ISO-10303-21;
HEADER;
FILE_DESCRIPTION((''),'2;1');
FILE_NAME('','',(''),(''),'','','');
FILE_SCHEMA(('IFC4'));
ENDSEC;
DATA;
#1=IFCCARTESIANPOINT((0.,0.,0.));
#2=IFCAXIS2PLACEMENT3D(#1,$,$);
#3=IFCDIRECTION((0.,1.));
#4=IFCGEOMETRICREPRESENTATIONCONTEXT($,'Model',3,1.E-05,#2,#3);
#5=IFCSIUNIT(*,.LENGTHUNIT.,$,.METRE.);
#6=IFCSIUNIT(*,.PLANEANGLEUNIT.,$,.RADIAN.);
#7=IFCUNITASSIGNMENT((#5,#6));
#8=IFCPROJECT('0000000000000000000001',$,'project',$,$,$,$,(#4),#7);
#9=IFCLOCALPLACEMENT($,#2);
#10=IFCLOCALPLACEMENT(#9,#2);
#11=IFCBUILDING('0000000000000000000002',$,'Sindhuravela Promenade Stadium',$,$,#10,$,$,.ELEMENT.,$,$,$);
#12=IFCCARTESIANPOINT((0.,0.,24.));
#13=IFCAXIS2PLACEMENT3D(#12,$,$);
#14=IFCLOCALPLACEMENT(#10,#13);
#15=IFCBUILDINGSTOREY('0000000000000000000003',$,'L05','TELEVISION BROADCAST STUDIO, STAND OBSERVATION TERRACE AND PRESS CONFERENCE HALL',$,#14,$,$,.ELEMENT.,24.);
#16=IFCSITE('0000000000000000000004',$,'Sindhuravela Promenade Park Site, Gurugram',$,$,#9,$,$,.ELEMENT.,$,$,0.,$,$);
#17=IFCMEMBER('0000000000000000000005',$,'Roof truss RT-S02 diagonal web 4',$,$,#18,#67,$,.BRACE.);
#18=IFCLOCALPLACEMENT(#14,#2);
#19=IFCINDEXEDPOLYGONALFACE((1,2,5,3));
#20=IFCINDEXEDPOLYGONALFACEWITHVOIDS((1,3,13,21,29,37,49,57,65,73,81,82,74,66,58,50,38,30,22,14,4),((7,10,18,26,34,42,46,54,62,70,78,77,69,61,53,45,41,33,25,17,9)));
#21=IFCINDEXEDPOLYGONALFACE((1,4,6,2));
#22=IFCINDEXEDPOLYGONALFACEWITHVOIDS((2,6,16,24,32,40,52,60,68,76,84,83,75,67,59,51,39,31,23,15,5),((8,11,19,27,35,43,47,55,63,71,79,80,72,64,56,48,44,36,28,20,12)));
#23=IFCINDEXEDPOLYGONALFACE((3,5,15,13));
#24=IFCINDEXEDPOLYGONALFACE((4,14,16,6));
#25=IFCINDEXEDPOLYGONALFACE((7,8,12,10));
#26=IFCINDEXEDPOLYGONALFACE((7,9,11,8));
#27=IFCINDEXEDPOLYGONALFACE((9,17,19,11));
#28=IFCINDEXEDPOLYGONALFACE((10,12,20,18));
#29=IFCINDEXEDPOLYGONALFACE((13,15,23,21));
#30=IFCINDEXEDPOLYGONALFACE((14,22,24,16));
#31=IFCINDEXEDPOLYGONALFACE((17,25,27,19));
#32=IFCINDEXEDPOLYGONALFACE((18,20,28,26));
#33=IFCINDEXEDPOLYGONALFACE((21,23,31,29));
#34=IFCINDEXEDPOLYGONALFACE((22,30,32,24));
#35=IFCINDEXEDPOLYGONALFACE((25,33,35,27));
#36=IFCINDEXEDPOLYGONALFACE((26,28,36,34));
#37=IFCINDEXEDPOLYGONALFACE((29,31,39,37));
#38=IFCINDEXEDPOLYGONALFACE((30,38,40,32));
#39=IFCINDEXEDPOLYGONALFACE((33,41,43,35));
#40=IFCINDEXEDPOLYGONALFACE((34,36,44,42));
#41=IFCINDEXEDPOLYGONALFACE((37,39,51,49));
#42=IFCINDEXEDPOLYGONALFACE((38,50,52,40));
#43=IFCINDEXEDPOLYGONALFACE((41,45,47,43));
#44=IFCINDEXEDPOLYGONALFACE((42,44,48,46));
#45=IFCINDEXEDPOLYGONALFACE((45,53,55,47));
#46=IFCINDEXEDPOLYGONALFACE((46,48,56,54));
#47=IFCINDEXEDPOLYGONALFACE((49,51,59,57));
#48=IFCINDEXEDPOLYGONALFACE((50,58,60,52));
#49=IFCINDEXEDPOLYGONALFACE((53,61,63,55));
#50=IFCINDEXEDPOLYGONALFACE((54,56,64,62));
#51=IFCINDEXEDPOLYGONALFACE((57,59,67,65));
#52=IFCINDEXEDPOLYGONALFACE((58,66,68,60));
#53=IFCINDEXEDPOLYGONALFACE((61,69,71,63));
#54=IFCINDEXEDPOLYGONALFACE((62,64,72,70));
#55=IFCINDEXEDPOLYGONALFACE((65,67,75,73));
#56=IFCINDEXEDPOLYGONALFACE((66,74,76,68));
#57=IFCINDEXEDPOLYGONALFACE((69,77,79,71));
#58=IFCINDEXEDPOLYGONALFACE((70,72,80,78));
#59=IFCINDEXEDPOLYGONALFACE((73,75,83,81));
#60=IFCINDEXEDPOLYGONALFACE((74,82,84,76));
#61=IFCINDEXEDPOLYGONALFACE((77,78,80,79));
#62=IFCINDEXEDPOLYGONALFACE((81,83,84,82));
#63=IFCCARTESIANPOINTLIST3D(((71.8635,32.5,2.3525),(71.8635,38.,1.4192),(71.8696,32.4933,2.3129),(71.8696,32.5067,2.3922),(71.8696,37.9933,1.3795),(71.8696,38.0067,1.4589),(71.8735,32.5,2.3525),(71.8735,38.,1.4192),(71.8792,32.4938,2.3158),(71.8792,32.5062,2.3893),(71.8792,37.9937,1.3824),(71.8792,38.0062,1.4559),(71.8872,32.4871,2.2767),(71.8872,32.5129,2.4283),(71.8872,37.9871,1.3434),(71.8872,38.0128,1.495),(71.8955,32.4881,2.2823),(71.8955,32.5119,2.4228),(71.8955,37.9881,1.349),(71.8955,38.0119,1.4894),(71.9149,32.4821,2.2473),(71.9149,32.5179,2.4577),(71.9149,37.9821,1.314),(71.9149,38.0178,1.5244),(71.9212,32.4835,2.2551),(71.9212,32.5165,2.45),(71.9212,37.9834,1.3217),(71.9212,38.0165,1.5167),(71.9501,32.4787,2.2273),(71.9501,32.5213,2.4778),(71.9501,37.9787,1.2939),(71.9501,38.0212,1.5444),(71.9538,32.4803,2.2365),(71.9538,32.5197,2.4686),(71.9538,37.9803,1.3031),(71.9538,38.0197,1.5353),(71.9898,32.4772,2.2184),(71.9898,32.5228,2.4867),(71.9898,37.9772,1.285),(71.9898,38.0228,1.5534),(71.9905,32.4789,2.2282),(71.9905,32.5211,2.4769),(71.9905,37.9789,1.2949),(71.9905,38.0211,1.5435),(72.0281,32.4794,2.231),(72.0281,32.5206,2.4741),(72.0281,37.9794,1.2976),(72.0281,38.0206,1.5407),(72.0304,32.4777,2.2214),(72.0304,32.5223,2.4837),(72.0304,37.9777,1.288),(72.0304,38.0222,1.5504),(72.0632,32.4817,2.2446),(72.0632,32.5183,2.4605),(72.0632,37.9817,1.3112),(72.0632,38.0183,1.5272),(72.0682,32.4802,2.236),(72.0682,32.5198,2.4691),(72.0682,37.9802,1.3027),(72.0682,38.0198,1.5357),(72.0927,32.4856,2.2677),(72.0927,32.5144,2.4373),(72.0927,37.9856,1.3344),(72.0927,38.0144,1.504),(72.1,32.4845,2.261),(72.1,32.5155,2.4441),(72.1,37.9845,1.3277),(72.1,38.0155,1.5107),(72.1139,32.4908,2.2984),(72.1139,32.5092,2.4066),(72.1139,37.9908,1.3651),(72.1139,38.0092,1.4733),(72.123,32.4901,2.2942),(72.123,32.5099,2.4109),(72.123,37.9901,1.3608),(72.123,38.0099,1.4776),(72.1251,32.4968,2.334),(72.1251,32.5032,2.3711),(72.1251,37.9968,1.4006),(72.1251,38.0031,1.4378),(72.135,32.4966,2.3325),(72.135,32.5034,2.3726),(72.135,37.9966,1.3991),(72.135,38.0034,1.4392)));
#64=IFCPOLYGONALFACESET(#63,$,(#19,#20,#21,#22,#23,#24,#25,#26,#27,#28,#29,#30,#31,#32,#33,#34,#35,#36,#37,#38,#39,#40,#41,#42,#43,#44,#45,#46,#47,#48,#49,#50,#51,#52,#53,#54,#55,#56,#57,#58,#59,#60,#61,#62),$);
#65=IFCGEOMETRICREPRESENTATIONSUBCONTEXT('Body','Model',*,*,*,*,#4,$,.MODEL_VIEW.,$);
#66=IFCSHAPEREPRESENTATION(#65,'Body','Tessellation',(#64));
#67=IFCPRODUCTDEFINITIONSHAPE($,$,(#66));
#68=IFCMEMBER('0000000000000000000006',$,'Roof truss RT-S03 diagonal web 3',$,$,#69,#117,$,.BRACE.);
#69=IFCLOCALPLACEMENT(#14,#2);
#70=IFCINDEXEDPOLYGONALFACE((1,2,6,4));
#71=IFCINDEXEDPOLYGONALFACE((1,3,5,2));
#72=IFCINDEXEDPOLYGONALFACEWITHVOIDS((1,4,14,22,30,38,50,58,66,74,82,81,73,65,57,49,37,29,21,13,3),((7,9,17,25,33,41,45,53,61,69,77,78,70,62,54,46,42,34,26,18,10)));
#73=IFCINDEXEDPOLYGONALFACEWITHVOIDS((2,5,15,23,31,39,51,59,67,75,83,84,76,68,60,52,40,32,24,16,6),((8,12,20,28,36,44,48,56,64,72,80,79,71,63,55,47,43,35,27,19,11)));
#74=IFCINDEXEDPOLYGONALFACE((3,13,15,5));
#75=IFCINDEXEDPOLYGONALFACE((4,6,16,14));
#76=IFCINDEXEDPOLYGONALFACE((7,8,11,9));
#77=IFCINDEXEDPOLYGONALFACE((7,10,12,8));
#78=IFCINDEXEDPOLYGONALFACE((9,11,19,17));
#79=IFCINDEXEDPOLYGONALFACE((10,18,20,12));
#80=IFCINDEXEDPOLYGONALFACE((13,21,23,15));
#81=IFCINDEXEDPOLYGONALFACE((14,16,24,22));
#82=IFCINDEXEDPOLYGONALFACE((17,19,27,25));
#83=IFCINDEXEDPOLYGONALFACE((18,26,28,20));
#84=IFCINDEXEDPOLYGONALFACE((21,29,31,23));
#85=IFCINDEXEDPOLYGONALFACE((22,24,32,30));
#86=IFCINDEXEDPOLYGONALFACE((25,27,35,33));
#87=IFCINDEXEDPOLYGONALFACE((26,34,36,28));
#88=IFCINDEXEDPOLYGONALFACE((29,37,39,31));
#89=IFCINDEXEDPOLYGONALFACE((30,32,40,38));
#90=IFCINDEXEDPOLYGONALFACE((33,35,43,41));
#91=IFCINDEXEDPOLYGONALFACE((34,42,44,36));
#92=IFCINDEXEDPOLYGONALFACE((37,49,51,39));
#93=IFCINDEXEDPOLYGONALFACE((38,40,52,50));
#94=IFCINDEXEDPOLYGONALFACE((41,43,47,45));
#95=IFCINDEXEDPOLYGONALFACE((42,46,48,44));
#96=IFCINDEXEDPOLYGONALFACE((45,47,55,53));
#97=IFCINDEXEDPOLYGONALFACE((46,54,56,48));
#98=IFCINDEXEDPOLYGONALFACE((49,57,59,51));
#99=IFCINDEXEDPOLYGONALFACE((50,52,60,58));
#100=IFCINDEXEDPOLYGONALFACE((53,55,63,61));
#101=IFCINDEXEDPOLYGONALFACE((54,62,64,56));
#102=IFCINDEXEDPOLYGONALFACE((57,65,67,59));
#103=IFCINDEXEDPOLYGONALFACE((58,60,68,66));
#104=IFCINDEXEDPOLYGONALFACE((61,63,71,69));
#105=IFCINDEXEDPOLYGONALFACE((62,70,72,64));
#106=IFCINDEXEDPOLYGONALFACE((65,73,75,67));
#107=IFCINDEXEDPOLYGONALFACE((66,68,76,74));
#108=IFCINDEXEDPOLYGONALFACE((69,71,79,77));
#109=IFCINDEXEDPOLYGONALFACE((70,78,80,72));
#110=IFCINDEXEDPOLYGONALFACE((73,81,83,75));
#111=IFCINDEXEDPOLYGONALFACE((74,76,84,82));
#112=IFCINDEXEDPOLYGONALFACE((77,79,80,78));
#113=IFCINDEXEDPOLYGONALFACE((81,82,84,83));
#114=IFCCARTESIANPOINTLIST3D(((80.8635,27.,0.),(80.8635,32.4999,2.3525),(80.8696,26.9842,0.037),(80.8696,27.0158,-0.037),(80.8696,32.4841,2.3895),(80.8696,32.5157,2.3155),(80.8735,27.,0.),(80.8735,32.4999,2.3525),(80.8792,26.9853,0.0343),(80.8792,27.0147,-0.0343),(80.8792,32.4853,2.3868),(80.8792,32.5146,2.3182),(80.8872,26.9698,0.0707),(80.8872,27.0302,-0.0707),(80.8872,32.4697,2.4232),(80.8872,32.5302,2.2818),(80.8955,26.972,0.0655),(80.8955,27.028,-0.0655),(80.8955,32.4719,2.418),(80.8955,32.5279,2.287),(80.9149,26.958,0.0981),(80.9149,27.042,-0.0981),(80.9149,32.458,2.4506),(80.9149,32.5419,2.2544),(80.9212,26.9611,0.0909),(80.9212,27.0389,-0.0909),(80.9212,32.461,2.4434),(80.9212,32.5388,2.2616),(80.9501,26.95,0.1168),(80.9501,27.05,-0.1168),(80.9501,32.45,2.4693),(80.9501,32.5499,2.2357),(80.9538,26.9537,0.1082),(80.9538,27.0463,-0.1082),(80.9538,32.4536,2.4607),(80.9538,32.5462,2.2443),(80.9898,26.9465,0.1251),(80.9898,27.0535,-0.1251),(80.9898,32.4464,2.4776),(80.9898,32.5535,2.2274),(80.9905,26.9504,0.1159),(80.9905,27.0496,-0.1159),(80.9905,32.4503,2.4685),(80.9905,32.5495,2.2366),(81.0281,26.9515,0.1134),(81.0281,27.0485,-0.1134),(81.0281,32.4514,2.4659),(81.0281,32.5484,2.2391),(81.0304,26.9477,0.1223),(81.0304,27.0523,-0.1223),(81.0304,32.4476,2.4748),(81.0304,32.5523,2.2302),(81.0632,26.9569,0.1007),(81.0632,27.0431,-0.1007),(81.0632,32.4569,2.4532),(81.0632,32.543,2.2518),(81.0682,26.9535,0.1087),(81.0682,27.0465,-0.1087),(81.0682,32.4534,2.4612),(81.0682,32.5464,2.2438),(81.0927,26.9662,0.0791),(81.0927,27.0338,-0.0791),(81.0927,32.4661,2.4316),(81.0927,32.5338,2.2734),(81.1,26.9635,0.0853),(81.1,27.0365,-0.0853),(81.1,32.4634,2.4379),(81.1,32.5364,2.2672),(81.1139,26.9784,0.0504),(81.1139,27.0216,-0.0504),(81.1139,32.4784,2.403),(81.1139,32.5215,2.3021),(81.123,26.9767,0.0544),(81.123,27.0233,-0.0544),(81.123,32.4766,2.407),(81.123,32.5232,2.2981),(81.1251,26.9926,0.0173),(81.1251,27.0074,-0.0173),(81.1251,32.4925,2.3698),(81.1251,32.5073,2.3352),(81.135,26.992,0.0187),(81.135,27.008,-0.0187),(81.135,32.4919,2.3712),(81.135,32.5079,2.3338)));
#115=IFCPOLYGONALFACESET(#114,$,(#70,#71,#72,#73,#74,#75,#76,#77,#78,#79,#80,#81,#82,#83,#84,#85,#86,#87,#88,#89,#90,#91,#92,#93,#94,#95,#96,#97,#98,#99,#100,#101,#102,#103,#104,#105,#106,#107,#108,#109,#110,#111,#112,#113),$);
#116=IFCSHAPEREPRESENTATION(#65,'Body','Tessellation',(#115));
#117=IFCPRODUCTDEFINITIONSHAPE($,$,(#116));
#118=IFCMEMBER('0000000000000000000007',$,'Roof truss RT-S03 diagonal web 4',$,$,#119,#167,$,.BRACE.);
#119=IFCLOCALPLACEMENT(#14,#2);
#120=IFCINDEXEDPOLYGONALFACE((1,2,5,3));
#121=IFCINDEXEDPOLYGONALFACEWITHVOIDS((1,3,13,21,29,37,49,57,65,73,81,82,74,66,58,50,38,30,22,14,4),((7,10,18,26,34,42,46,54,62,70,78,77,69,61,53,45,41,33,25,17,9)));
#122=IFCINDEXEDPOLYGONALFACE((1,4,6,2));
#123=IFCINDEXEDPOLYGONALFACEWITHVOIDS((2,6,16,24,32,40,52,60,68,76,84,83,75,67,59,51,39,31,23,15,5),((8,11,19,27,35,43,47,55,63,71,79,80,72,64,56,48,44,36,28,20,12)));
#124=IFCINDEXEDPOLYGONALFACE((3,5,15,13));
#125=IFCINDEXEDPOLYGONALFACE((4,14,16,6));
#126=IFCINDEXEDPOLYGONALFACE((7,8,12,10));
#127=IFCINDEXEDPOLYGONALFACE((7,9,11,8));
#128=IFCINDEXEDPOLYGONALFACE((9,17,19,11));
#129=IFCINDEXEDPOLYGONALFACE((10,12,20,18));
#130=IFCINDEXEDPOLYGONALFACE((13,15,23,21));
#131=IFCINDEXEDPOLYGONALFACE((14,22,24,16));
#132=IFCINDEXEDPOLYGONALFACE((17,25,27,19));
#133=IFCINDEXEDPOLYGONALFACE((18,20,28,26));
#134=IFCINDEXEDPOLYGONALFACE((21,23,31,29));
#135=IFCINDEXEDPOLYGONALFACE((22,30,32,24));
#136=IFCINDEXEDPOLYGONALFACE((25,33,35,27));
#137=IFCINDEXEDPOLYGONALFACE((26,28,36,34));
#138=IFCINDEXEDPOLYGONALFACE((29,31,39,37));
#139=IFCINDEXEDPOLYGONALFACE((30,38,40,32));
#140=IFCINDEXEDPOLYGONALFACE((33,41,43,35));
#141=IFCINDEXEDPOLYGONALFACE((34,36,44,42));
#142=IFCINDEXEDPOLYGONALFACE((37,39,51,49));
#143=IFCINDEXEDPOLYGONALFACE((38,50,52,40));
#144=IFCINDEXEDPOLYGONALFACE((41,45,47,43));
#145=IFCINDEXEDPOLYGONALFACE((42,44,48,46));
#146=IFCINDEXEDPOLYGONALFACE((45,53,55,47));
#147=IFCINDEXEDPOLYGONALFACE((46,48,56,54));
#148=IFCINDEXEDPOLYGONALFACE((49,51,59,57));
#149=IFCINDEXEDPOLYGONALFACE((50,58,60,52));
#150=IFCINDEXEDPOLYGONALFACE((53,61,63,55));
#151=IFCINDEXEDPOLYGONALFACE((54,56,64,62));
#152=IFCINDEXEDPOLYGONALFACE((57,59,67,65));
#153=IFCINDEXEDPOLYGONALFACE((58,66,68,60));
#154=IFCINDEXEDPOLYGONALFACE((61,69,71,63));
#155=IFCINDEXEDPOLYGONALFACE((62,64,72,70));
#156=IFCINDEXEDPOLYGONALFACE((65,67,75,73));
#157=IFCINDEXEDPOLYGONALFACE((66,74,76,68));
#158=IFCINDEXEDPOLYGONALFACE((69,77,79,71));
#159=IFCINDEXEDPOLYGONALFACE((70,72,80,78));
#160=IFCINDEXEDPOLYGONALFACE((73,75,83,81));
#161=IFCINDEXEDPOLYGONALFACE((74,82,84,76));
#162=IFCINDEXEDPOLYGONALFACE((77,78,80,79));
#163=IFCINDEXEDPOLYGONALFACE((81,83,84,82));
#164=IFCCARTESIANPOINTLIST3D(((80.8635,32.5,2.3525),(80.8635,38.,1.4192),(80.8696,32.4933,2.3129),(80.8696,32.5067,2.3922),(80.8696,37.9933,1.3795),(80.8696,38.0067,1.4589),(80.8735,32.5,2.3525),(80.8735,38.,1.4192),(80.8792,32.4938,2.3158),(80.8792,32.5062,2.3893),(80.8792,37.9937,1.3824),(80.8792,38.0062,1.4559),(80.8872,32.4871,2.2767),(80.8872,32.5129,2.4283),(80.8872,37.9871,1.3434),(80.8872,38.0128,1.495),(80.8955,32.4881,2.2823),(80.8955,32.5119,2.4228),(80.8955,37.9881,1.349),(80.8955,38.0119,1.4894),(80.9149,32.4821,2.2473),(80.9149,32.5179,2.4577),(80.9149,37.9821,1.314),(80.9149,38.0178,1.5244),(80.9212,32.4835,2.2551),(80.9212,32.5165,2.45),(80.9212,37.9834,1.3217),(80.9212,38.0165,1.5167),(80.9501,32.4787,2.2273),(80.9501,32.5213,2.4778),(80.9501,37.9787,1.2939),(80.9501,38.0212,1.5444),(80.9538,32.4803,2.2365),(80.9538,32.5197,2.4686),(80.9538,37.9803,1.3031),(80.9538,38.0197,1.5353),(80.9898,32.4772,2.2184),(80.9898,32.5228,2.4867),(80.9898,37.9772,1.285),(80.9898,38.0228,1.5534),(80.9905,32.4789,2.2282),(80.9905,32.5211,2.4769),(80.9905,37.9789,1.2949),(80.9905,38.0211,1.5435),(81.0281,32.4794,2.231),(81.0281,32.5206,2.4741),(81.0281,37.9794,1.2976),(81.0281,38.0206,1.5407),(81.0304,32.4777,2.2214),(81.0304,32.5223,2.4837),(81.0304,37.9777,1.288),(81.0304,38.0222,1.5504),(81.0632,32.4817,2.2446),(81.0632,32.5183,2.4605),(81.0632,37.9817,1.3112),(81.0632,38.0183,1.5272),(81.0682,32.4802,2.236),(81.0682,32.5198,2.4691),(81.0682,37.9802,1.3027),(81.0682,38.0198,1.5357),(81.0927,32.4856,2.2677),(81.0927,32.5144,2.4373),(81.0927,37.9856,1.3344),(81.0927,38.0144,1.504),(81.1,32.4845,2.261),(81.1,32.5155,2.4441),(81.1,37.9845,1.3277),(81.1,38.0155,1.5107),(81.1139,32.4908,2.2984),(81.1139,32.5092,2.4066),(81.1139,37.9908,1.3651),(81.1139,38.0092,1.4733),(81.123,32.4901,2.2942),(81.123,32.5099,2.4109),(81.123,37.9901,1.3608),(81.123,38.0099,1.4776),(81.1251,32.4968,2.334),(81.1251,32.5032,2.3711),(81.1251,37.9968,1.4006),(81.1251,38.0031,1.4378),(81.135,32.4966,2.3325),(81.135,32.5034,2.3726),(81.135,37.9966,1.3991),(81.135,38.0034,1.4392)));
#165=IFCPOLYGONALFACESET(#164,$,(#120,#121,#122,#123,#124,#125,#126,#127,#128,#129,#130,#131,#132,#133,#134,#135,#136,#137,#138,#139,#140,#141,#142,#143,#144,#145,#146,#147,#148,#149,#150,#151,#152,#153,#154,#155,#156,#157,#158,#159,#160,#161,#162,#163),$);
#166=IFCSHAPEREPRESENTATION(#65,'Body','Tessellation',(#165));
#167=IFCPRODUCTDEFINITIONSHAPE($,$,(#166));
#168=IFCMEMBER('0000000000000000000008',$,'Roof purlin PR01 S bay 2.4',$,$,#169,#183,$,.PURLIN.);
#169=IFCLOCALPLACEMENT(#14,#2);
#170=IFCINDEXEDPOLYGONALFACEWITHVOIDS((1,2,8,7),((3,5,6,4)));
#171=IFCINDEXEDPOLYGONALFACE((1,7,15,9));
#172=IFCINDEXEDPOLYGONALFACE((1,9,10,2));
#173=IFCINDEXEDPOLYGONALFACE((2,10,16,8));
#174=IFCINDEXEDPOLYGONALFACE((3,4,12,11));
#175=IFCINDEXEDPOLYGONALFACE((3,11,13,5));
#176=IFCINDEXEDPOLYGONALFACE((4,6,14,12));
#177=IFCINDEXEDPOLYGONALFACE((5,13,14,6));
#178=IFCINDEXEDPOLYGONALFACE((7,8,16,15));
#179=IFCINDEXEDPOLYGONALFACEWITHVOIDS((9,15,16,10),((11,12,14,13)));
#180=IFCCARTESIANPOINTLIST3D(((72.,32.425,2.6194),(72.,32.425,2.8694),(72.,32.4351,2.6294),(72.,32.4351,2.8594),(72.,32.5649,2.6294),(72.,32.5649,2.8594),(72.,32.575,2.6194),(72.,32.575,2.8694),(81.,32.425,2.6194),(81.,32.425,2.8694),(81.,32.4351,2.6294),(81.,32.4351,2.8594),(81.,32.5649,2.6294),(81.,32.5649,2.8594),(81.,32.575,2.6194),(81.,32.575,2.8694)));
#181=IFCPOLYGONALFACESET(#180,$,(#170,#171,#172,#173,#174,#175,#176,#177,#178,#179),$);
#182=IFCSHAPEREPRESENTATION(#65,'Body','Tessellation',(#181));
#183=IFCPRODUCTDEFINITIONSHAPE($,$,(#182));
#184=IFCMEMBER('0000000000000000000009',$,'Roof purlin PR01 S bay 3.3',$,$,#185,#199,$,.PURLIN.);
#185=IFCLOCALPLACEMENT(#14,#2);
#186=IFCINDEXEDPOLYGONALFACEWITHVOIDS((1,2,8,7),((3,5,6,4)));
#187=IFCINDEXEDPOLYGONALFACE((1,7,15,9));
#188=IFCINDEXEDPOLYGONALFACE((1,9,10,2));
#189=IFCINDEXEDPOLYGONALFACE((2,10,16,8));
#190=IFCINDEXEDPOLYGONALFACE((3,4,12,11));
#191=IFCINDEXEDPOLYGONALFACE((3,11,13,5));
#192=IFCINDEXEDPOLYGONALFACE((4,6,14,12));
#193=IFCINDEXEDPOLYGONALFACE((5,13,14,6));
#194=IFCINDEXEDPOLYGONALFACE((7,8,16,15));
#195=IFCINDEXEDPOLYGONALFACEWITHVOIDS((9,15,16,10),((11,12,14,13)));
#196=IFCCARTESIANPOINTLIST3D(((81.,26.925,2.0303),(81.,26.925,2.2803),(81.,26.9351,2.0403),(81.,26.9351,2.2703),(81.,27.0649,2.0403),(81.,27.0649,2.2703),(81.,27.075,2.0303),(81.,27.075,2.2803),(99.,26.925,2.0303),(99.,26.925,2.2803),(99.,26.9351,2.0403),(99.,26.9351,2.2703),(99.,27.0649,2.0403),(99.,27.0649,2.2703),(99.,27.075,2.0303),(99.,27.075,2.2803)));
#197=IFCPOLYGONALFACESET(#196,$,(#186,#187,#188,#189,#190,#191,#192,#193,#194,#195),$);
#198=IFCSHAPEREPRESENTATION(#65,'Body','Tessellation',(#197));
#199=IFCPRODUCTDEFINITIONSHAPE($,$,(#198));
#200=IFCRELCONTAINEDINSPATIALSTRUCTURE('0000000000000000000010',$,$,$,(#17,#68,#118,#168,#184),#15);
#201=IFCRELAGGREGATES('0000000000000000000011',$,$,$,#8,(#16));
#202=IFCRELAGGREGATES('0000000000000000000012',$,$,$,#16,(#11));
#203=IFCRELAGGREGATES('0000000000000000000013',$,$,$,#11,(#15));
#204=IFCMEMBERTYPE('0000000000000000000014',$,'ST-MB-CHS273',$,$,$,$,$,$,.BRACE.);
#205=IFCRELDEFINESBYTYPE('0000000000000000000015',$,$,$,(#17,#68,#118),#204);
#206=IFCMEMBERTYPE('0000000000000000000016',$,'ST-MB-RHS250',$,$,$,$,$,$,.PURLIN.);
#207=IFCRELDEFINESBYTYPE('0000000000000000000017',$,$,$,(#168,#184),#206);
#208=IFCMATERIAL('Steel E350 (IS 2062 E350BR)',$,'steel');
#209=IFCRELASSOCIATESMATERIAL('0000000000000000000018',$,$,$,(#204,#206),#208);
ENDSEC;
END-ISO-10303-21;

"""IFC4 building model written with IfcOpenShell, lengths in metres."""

from ifc_helpers import new_model, si_unit, direction, frame, origin, origin_2d, place, context, subcontext, project, spatial, hollow_rectangle, hollow_circle, extrude, material, material_profile, profile_set, type_object, element, save


model = new_model("IFC4")

# Units and contexts
model_context = context("Model", 3, precision=1e-05, world=origin(), true_north=direction((0.0, 1.0)))
body_context = subcontext(model_context, "Body", "Model", "MODEL_VIEW")
ifc_project = project(units=[si_unit("LENGTHUNIT", "METRE"), si_unit("PLANEANGLEUNIT", "RADIAN")], contexts=[model_context])

# Site, building, storey
site_placement = place(None, origin())
site = spatial("IfcSite", under=ifc_project, at=site_placement, Name="Sindhuravela Promenade Park Site, Gurugram", CompositionType="ELEMENT", RefElevation=0.0)
building_placement = place(site_placement, origin())
building = spatial("IfcBuilding", under=site, at=building_placement, Name="Sindhuravela Promenade Stadium", CompositionType="ELEMENT")
storey_placement = place(building_placement, frame((0.0, 0.0, 24.0)))
storey = spatial("IfcBuildingStorey", under=building, at=storey_placement, Name="L05", Description="TELEVISION BROADCAST STUDIO, STAND OBSERVATION TERRACE AND PRESS CONFERENCE HALL", CompositionType="ELEMENT", Elevation=24.0)

# Shared definitions
ifc_material_1 = material(Name="Steel E350 (IS 2062 E350BR)", Category="steel")

# Members
ifc_material_profile_1 = material_profile(ifc_material_1, hollow_circle(Radius=0.1365, WallThickness=0.01, at=origin_2d()), Name="CHS 273.0x10")
ifc_profile_set_1 = profile_set([ifc_material_profile_1], Name="Steel E350 (IS 2062 E350BR)")
member_type_1 = type_object("IfcMemberType", Name="ST-MB-CHS273", PredefinedType="BRACE", material=ifc_profile_set_1)
member_1_placement = place(storey_placement, frame((72.0, 32.5, 2.3525), z_axis=(0.0, 0.985905, -0.167308), x_axis=(-1.0, 0.0, 0.0)))
element("IfcMember", 1, at=member_1_placement, inside=storey, type_object=member_type_1, Name="Roof truss RT-S02 diagonal web 4", PredefinedType="BRACE", context=body_context, shape_type="SweptSolid", body=[
    extrude(hollow_circle(Radius=0.1365, WallThickness=0.01, at=origin_2d()), origin(), (0.0, 0.0, 1.0), 5.5786),
])
member_2_placement = place(storey_placement, frame((81.0, 27.0, 0.0), z_axis=(0.0, 0.919423, 0.393269), x_axis=(-1.0, 0.0, 0.0)))
element("IfcMember", 2, at=member_2_placement, inside=storey, type_object=member_type_1, Name="Roof truss RT-S03 diagonal web 3", PredefinedType="BRACE", context=body_context, shape_type="SweptSolid", body=[
    extrude(hollow_circle(Radius=0.1365, WallThickness=0.01, at=origin_2d()), origin(), (0.0, 0.0, 1.0), 5.9819),
])
member_3_placement = place(storey_placement, frame((81.0, 32.5, 2.3525), z_axis=(0.0, 0.985905, -0.167308), x_axis=(-1.0, 0.0, 0.0)))
element("IfcMember", 3, at=member_3_placement, inside=storey, type_object=member_type_1, Name="Roof truss RT-S03 diagonal web 4", PredefinedType="BRACE", context=body_context, shape_type="SweptSolid", body=[
    extrude(hollow_circle(Radius=0.1365, WallThickness=0.01, at=origin_2d()), origin(), (0.0, 0.0, 1.0), 5.5786),
])
ifc_material_profile_2 = material_profile(ifc_material_1, hollow_rectangle(XDim=0.1499, YDim=0.25, WallThickness=0.01, at=origin_2d()), Name="RHS 250x150x10")
ifc_profile_set_2 = profile_set([ifc_material_profile_2], Name="Steel E350 (IS 2062 E350BR)")
member_type_2 = type_object("IfcMemberType", Name="ST-MB-RHS250", PredefinedType="PURLIN", material=ifc_profile_set_2)
member_4_placement = place(storey_placement, frame((72.0, 32.5, 2.7444), z_axis=(1.0, 0.0, 0.0), x_axis=(0.0, 1.0, 0.0)))
element("IfcMember", 4, at=member_4_placement, inside=storey, type_object=member_type_2, Name="Roof purlin PR01 S bay 2.4", PredefinedType="PURLIN", context=body_context, shape_type="SweptSolid", body=[
    extrude(hollow_rectangle(XDim=0.1499, YDim=0.25, WallThickness=0.01, at=origin_2d()), origin(), (0.0, 0.0, 1.0), 9.0),
])
for number, where, z_axis, x_axis, name in (
    (5, (81.0, 27.0, 2.1553), (1.0, 0.0, 0.0), (0.0, 1.0, 0.0), "Roof purlin PR01 S bay 3.3"),
):
    element("IfcMember", number, at=place(storey_placement, frame(where, z_axis=z_axis, x_axis=x_axis)), inside=storey, type_object=member_type_2, Name=name, PredefinedType="PURLIN", context=body_context, shape_type="SweptSolid", body=[
        extrude(hollow_rectangle(XDim=0.1499, YDim=0.25, WallThickness=0.01, at=origin_2d()), origin(), (0.0, 0.0, 1.0), 18.0),
    ])

save(model, "model.ifc")
